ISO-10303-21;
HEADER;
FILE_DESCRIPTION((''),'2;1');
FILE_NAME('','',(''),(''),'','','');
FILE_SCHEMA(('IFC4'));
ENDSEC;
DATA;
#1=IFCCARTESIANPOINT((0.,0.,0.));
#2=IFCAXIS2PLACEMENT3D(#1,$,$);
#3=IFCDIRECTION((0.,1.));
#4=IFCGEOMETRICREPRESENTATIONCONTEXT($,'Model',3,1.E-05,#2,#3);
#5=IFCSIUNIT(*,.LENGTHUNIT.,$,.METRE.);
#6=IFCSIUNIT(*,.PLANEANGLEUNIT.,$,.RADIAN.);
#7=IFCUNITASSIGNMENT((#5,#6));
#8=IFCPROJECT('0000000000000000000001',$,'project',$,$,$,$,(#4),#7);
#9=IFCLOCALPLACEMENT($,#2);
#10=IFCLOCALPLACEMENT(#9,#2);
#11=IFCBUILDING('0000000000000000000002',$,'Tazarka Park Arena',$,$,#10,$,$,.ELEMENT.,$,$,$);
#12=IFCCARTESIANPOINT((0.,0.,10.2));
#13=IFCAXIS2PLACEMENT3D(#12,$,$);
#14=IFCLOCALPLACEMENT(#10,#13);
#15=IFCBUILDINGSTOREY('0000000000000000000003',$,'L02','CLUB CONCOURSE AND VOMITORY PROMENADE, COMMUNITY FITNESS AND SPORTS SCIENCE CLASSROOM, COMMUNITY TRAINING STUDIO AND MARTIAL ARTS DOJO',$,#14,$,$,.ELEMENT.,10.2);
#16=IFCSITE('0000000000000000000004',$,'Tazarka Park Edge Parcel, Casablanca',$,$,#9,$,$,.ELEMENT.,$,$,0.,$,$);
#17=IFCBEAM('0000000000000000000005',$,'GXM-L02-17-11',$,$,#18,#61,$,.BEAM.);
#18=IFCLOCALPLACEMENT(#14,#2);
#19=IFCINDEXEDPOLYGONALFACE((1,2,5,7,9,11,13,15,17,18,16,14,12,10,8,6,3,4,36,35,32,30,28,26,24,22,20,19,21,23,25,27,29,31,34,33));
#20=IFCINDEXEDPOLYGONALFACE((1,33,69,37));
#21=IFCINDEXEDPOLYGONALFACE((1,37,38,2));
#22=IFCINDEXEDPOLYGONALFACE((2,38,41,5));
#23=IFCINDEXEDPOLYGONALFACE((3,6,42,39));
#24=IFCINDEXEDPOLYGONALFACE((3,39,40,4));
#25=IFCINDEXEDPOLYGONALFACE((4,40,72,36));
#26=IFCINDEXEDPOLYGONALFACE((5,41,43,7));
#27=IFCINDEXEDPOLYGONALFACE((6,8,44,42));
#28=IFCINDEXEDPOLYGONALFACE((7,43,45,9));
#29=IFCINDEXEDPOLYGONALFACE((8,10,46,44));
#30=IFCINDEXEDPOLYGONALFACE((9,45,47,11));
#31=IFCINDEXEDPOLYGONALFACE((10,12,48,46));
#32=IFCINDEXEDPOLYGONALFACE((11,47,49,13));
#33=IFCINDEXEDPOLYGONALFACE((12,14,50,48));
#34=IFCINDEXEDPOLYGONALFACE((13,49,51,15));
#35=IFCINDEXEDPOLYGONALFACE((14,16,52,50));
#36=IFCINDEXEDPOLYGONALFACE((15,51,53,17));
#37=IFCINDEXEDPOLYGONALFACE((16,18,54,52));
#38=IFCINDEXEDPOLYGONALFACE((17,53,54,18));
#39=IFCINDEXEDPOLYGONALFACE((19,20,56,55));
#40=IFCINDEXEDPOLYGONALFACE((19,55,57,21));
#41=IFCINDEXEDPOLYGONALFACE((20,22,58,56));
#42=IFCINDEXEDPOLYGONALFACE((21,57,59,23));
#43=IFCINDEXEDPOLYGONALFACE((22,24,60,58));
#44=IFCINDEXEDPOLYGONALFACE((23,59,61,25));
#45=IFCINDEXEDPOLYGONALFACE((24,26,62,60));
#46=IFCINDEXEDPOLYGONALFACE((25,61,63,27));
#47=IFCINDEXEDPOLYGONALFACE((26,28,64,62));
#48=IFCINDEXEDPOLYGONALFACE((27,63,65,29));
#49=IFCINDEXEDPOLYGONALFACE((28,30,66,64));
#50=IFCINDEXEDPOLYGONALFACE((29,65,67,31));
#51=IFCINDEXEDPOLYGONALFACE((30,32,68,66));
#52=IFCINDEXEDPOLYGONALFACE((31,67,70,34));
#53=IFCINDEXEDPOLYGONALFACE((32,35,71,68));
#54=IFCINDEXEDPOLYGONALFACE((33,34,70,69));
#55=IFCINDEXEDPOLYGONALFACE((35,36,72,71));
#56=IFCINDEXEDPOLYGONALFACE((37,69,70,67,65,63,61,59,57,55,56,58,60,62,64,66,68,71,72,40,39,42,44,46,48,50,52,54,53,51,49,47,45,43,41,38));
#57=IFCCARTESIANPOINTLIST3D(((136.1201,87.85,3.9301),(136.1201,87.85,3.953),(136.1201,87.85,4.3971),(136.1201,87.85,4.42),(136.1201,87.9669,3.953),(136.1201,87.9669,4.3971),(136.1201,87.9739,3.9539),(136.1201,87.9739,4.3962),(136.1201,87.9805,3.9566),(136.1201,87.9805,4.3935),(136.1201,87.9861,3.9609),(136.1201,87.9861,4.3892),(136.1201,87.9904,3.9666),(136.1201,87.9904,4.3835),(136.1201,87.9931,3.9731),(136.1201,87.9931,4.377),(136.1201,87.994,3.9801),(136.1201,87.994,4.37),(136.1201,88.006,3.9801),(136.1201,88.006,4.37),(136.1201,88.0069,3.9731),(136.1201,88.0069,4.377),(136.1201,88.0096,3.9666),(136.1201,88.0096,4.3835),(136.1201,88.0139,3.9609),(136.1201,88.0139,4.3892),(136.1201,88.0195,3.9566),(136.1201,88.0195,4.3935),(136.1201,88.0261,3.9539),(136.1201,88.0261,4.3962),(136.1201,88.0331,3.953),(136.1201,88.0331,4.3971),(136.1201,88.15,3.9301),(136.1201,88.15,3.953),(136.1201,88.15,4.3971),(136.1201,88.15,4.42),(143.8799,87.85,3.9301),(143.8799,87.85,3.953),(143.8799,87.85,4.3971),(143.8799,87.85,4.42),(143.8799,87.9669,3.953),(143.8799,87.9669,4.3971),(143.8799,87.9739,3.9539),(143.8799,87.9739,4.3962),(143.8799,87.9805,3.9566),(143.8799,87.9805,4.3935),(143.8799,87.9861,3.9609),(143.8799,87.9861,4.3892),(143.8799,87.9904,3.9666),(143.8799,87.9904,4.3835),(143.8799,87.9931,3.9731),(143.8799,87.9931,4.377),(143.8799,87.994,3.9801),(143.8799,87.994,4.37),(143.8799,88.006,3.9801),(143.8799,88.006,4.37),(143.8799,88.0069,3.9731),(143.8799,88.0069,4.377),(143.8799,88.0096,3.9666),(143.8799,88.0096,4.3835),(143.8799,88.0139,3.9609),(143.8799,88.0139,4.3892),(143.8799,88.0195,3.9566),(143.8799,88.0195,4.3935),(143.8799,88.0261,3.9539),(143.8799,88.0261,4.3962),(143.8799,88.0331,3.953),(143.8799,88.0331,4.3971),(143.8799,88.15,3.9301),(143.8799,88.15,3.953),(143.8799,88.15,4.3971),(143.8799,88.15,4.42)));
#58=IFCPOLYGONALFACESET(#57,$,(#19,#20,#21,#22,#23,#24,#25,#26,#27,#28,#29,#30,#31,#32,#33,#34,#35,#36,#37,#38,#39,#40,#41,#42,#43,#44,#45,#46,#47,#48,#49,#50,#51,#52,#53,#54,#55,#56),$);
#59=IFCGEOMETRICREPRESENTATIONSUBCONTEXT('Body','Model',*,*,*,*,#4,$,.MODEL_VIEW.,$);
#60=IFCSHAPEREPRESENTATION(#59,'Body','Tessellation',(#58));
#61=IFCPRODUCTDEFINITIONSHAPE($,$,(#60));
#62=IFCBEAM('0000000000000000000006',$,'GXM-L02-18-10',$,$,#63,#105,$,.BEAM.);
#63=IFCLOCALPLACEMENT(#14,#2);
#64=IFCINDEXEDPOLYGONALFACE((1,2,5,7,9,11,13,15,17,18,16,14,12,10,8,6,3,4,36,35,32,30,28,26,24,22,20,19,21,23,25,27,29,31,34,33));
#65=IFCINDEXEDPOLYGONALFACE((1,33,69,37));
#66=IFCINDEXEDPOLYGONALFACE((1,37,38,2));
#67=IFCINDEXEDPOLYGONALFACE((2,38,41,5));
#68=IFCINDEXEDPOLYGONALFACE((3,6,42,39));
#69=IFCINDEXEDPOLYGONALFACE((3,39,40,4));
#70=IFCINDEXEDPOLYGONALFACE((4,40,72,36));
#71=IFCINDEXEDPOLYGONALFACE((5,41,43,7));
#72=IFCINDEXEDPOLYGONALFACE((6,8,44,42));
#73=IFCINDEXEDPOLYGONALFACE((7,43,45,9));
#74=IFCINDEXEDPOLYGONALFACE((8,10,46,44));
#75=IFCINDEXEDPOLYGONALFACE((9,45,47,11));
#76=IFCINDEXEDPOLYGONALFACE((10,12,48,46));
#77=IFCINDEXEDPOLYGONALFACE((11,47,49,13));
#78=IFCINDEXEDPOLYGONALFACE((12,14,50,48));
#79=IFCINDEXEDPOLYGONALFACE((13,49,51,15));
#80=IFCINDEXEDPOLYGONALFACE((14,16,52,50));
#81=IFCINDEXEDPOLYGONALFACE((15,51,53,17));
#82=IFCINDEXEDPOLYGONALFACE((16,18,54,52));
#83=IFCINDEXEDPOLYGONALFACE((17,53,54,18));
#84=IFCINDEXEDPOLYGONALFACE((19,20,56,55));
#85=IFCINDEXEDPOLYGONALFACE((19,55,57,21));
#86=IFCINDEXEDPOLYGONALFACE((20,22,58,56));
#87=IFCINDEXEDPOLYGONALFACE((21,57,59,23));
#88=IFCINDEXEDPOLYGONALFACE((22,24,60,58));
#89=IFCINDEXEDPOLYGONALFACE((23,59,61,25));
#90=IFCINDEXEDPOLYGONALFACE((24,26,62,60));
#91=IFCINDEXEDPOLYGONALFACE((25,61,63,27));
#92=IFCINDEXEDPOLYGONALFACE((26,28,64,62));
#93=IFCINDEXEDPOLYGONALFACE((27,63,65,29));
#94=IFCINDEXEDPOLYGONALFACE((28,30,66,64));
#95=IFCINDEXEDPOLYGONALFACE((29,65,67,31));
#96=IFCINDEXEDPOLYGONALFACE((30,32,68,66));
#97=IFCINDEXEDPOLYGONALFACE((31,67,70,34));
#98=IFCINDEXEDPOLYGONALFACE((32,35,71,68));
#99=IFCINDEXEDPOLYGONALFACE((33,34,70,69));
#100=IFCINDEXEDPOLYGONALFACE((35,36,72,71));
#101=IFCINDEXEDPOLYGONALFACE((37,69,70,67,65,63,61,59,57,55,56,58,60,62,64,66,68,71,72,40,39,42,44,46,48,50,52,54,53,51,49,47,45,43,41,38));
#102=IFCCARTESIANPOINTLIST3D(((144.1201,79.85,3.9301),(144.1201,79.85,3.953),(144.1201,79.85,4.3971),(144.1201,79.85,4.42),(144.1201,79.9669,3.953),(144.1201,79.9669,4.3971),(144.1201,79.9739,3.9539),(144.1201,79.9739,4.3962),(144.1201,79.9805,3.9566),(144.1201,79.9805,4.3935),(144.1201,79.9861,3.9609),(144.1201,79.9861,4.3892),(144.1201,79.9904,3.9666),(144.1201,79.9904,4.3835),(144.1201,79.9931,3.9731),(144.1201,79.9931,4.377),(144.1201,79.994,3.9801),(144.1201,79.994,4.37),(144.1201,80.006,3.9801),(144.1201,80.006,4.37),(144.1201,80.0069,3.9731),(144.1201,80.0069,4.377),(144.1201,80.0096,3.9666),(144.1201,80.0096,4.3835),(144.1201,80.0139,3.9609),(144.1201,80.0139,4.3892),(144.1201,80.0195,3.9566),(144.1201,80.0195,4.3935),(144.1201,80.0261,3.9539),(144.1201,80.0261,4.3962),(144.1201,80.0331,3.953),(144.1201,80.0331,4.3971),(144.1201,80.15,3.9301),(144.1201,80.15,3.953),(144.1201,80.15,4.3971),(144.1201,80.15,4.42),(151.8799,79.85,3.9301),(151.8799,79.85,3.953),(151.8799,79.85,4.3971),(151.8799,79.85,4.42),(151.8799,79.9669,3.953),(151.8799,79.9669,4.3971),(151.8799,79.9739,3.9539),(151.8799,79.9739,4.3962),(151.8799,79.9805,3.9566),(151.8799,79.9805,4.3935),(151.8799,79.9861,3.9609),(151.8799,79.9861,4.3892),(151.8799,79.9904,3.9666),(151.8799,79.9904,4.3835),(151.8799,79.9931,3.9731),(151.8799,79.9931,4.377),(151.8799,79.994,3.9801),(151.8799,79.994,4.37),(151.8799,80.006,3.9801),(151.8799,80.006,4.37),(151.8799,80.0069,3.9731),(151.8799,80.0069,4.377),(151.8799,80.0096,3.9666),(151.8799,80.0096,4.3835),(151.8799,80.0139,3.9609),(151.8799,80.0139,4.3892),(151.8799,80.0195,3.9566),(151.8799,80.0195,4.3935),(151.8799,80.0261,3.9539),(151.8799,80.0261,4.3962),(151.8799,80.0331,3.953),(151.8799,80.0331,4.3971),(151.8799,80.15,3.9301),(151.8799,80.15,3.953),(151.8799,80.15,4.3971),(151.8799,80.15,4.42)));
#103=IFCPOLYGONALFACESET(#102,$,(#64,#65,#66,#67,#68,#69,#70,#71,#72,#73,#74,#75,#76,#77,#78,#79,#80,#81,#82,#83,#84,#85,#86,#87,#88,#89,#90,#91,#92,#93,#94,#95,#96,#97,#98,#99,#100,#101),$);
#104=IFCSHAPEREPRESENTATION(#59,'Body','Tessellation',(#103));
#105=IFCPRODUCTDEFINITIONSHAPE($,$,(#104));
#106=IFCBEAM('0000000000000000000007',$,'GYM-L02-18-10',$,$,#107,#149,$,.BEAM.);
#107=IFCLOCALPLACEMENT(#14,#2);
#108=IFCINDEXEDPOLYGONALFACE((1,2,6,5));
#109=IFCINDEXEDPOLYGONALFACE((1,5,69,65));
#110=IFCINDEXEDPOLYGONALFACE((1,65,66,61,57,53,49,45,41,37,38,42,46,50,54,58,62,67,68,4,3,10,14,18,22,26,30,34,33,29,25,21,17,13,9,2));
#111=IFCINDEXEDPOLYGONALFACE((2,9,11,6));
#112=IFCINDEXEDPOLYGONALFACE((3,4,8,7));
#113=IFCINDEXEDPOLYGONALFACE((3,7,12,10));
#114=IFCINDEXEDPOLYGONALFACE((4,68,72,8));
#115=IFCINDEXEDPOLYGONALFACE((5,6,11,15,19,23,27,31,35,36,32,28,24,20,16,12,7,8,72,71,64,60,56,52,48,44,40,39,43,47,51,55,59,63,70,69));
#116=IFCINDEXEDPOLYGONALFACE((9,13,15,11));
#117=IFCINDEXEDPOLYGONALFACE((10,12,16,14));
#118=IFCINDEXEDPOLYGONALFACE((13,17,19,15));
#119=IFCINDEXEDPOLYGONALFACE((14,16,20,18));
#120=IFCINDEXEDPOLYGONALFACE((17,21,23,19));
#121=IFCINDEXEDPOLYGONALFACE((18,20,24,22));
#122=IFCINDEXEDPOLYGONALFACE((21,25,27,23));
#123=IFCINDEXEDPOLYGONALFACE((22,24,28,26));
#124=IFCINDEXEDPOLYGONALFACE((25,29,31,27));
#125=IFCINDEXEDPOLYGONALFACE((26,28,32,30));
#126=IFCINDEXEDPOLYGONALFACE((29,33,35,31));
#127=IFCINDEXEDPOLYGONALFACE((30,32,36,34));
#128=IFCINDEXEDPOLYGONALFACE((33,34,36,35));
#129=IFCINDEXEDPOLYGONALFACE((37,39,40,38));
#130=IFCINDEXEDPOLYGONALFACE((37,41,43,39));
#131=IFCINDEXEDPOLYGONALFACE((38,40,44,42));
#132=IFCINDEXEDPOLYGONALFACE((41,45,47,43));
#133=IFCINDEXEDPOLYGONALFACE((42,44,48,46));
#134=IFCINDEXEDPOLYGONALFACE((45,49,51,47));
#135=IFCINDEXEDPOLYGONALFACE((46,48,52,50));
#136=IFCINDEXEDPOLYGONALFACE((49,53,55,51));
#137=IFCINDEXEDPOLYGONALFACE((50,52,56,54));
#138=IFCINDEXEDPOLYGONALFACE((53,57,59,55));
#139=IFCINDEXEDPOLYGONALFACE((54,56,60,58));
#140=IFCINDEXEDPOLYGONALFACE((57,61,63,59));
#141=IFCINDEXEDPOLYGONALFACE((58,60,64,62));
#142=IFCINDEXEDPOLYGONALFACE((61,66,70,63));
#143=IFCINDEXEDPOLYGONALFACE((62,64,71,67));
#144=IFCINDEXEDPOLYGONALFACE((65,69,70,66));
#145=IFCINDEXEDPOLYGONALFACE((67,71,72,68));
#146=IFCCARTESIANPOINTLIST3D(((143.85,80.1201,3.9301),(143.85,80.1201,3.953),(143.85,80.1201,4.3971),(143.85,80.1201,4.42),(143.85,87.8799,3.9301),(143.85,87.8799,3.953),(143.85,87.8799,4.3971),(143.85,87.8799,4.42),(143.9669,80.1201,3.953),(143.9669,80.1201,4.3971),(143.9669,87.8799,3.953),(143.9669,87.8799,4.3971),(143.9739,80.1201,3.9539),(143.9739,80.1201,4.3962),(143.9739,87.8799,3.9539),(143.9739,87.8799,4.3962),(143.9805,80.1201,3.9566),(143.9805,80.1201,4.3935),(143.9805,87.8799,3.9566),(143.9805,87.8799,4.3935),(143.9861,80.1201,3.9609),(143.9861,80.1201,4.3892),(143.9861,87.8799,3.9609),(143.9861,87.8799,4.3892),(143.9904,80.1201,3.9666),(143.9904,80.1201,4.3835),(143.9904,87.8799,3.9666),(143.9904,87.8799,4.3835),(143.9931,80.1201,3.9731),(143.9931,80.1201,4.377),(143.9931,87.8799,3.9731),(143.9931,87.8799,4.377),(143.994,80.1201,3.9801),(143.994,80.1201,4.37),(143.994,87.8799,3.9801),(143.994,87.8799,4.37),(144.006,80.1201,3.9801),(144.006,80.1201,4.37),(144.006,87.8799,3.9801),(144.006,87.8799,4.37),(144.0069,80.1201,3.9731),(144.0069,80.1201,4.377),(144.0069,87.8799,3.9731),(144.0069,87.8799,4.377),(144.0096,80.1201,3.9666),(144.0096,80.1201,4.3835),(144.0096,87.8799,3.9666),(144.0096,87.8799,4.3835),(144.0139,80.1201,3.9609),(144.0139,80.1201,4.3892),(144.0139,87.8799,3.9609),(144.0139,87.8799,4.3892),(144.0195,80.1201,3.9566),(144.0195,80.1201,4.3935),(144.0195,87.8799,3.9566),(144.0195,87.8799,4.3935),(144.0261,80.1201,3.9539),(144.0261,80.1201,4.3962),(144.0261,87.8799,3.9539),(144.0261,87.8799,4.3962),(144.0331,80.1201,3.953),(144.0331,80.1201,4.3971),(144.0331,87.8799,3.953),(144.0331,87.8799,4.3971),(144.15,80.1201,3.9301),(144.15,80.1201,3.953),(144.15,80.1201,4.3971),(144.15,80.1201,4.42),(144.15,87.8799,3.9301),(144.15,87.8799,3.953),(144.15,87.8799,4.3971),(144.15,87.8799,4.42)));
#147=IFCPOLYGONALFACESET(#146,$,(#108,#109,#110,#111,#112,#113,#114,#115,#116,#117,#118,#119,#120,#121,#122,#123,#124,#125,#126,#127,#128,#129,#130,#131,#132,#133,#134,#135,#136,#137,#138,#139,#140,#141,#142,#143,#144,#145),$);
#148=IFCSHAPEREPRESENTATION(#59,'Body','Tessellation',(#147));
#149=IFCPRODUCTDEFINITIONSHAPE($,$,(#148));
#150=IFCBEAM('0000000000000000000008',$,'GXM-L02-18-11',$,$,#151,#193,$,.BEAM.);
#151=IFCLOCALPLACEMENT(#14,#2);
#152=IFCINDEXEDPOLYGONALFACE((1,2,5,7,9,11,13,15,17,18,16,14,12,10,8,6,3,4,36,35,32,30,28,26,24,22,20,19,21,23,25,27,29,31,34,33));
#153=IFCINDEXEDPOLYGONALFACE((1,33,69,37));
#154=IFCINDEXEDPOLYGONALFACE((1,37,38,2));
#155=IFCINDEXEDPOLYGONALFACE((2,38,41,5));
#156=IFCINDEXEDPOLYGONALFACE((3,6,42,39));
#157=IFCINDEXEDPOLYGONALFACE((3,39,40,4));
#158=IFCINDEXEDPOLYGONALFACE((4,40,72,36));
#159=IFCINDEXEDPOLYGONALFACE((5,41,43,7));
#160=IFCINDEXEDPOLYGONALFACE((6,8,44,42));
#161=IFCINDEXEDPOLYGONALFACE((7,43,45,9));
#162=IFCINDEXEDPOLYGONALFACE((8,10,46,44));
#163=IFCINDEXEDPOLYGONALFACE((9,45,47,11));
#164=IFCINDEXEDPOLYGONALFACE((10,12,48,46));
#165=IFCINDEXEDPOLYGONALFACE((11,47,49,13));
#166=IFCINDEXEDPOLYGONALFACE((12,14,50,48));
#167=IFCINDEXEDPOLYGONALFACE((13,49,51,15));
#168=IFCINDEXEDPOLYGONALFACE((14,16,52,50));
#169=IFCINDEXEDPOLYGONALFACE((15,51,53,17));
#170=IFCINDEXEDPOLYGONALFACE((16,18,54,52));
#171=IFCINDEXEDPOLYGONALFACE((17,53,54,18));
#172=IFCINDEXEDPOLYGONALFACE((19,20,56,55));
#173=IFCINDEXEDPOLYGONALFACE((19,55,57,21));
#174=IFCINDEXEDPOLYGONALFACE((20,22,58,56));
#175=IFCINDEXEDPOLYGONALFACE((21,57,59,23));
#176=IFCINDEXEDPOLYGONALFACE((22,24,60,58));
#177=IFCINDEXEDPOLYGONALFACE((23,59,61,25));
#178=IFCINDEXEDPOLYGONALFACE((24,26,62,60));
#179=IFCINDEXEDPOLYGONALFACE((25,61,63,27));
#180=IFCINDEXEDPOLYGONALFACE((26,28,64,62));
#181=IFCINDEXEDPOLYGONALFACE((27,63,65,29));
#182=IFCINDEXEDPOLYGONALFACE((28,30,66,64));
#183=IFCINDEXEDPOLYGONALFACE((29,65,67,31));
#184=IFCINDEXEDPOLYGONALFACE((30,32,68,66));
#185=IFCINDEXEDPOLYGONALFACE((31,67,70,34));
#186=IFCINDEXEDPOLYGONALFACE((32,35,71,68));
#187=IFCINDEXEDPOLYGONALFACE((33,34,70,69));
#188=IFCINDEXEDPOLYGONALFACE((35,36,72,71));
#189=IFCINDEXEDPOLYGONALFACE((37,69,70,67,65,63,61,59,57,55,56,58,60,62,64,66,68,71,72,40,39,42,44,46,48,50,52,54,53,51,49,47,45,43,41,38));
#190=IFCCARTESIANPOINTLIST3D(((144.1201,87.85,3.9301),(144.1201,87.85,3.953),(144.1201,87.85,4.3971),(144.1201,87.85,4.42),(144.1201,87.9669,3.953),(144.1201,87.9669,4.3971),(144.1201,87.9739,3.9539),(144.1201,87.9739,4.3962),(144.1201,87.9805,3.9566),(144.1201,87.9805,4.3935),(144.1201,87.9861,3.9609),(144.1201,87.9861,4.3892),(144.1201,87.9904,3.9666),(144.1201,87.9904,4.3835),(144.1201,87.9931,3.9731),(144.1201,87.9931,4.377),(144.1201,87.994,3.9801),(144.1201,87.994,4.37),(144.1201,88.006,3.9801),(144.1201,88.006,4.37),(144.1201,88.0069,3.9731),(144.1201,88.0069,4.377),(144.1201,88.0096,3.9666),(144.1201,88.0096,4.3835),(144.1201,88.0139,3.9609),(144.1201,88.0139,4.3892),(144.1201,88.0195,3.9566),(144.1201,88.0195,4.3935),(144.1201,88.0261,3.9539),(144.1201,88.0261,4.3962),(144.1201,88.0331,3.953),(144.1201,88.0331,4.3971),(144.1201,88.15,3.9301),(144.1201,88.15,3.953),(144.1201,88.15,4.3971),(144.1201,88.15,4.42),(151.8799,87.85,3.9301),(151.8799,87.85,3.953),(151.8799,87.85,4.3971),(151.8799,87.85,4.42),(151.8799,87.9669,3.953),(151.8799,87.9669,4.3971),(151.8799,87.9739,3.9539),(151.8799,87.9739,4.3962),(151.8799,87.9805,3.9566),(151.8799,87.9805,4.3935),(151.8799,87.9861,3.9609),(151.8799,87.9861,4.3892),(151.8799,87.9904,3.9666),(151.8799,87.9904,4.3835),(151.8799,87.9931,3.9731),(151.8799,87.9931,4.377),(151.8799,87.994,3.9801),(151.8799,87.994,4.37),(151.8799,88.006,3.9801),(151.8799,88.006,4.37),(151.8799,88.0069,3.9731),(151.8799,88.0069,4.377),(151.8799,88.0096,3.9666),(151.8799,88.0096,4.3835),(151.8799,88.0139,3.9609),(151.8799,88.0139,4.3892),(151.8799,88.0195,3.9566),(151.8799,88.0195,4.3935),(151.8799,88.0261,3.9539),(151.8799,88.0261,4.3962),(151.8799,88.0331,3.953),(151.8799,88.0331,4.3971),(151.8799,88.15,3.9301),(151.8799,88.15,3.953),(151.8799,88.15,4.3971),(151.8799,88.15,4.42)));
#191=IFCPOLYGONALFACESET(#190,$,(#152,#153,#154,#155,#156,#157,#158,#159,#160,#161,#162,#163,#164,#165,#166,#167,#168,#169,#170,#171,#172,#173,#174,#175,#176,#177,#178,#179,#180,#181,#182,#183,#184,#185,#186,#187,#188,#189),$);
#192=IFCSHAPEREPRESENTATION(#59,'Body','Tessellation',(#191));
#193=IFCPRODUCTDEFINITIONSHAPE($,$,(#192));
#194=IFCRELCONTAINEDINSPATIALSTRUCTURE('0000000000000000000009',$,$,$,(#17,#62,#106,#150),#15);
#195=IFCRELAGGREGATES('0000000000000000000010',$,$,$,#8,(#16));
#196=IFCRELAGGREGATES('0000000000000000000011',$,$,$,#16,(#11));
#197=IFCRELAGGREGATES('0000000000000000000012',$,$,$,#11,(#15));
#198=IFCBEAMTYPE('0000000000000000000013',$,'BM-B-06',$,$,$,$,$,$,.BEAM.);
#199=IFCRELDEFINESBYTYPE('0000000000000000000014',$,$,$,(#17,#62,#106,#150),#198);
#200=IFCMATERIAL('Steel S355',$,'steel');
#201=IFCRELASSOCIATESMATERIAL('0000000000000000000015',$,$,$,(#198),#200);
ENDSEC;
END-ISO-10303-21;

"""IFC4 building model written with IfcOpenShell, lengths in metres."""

from ifc_helpers import new_model, si_unit, direction, frame, origin, origin_2d, place, context, subcontext, project, spatial, i_section, extrude, material, material_profile, profile_set, type_object, element, save


model = new_model("IFC4")

# Units and contexts
model_context = context("Model", 3, precision=1e-05, world=origin(), true_north=direction((0.0, 1.0)))
body_context = subcontext(model_context, "Body", "Model", "MODEL_VIEW")
ifc_project = project(units=[si_unit("LENGTHUNIT", "METRE"), si_unit("PLANEANGLEUNIT", "RADIAN")], contexts=[model_context])

# Site, building, storey
site_placement = place(None, origin())
site = spatial("IfcSite", under=ifc_project, at=site_placement, Name="Tazarka Park Edge Parcel, Casablanca", CompositionType="ELEMENT", RefElevation=0.0)
building_placement = place(site_placement, origin())
building = spatial("IfcBuilding", under=site, at=building_placement, Name="Tazarka Park Arena", CompositionType="ELEMENT")
storey_placement = place(building_placement, frame((0.0, 0.0, 10.2)))
storey = spatial("IfcBuildingStorey", under=building, at=storey_placement, Name="L02", Description="CLUB CONCOURSE AND VOMITORY PROMENADE, COMMUNITY FITNESS AND SPORTS SCIENCE CLASSROOM, COMMUNITY TRAINING STUDIO AND MARTIAL ARTS DOJO", CompositionType="ELEMENT", Elevation=10.2)

# Beams
ifc_material_1 = material(Name="Steel S355", Category="steel")
ifc_material_profile_1 = material_profile(ifc_material_1, i_section(OverallWidth=0.3, OverallDepth=0.49, WebThickness=0.012, FlangeThickness=0.0229, FilletRadius=0.0271, at=origin_2d()), Name="Steel S355")
ifc_profile_set_1 = profile_set([ifc_material_profile_1], Name="Steel S355")
beam_type_1 = type_object("IfcBeamType", Name="BM-B-06", PredefinedType="BEAM", material=ifc_profile_set_1)
for number, where, z_axis, x_axis, name in (
    (1, (136.1201, 88.0, 4.175), (1.0, 0.0, 0.0), (0.0, 1.0, 0.0), "GXM-L02-17-11"),
    (2, (144.1201, 80.0, 4.175), (1.0, 0.0, 0.0), (0.0, 1.0, 0.0), "GXM-L02-18-10"),
    (3, (144.0, 80.1201, 4.175), (0.0, 1.0, 0.0), (-1.0, 0.0, 0.0), "GYM-L02-18-10"),
    (4, (144.1201, 88.0, 4.175), (1.0, 0.0, 0.0), (0.0, 1.0, 0.0), "GXM-L02-18-11"),
):
    element("IfcBeam", number, at=place(storey_placement, frame(where, z_axis=z_axis, x_axis=x_axis)), inside=storey, type_object=beam_type_1, Name=name, PredefinedType="BEAM", context=body_context, shape_type="SweptSolid", body=[
        extrude(i_section(OverallWidth=0.3, OverallDepth=0.49, WebThickness=0.012, FlangeThickness=0.0229, FilletRadius=0.0271, at=origin_2d()), origin(), (0.0, 0.0, 1.0), 7.7598),
    ])

save(model, "model.ifc")
